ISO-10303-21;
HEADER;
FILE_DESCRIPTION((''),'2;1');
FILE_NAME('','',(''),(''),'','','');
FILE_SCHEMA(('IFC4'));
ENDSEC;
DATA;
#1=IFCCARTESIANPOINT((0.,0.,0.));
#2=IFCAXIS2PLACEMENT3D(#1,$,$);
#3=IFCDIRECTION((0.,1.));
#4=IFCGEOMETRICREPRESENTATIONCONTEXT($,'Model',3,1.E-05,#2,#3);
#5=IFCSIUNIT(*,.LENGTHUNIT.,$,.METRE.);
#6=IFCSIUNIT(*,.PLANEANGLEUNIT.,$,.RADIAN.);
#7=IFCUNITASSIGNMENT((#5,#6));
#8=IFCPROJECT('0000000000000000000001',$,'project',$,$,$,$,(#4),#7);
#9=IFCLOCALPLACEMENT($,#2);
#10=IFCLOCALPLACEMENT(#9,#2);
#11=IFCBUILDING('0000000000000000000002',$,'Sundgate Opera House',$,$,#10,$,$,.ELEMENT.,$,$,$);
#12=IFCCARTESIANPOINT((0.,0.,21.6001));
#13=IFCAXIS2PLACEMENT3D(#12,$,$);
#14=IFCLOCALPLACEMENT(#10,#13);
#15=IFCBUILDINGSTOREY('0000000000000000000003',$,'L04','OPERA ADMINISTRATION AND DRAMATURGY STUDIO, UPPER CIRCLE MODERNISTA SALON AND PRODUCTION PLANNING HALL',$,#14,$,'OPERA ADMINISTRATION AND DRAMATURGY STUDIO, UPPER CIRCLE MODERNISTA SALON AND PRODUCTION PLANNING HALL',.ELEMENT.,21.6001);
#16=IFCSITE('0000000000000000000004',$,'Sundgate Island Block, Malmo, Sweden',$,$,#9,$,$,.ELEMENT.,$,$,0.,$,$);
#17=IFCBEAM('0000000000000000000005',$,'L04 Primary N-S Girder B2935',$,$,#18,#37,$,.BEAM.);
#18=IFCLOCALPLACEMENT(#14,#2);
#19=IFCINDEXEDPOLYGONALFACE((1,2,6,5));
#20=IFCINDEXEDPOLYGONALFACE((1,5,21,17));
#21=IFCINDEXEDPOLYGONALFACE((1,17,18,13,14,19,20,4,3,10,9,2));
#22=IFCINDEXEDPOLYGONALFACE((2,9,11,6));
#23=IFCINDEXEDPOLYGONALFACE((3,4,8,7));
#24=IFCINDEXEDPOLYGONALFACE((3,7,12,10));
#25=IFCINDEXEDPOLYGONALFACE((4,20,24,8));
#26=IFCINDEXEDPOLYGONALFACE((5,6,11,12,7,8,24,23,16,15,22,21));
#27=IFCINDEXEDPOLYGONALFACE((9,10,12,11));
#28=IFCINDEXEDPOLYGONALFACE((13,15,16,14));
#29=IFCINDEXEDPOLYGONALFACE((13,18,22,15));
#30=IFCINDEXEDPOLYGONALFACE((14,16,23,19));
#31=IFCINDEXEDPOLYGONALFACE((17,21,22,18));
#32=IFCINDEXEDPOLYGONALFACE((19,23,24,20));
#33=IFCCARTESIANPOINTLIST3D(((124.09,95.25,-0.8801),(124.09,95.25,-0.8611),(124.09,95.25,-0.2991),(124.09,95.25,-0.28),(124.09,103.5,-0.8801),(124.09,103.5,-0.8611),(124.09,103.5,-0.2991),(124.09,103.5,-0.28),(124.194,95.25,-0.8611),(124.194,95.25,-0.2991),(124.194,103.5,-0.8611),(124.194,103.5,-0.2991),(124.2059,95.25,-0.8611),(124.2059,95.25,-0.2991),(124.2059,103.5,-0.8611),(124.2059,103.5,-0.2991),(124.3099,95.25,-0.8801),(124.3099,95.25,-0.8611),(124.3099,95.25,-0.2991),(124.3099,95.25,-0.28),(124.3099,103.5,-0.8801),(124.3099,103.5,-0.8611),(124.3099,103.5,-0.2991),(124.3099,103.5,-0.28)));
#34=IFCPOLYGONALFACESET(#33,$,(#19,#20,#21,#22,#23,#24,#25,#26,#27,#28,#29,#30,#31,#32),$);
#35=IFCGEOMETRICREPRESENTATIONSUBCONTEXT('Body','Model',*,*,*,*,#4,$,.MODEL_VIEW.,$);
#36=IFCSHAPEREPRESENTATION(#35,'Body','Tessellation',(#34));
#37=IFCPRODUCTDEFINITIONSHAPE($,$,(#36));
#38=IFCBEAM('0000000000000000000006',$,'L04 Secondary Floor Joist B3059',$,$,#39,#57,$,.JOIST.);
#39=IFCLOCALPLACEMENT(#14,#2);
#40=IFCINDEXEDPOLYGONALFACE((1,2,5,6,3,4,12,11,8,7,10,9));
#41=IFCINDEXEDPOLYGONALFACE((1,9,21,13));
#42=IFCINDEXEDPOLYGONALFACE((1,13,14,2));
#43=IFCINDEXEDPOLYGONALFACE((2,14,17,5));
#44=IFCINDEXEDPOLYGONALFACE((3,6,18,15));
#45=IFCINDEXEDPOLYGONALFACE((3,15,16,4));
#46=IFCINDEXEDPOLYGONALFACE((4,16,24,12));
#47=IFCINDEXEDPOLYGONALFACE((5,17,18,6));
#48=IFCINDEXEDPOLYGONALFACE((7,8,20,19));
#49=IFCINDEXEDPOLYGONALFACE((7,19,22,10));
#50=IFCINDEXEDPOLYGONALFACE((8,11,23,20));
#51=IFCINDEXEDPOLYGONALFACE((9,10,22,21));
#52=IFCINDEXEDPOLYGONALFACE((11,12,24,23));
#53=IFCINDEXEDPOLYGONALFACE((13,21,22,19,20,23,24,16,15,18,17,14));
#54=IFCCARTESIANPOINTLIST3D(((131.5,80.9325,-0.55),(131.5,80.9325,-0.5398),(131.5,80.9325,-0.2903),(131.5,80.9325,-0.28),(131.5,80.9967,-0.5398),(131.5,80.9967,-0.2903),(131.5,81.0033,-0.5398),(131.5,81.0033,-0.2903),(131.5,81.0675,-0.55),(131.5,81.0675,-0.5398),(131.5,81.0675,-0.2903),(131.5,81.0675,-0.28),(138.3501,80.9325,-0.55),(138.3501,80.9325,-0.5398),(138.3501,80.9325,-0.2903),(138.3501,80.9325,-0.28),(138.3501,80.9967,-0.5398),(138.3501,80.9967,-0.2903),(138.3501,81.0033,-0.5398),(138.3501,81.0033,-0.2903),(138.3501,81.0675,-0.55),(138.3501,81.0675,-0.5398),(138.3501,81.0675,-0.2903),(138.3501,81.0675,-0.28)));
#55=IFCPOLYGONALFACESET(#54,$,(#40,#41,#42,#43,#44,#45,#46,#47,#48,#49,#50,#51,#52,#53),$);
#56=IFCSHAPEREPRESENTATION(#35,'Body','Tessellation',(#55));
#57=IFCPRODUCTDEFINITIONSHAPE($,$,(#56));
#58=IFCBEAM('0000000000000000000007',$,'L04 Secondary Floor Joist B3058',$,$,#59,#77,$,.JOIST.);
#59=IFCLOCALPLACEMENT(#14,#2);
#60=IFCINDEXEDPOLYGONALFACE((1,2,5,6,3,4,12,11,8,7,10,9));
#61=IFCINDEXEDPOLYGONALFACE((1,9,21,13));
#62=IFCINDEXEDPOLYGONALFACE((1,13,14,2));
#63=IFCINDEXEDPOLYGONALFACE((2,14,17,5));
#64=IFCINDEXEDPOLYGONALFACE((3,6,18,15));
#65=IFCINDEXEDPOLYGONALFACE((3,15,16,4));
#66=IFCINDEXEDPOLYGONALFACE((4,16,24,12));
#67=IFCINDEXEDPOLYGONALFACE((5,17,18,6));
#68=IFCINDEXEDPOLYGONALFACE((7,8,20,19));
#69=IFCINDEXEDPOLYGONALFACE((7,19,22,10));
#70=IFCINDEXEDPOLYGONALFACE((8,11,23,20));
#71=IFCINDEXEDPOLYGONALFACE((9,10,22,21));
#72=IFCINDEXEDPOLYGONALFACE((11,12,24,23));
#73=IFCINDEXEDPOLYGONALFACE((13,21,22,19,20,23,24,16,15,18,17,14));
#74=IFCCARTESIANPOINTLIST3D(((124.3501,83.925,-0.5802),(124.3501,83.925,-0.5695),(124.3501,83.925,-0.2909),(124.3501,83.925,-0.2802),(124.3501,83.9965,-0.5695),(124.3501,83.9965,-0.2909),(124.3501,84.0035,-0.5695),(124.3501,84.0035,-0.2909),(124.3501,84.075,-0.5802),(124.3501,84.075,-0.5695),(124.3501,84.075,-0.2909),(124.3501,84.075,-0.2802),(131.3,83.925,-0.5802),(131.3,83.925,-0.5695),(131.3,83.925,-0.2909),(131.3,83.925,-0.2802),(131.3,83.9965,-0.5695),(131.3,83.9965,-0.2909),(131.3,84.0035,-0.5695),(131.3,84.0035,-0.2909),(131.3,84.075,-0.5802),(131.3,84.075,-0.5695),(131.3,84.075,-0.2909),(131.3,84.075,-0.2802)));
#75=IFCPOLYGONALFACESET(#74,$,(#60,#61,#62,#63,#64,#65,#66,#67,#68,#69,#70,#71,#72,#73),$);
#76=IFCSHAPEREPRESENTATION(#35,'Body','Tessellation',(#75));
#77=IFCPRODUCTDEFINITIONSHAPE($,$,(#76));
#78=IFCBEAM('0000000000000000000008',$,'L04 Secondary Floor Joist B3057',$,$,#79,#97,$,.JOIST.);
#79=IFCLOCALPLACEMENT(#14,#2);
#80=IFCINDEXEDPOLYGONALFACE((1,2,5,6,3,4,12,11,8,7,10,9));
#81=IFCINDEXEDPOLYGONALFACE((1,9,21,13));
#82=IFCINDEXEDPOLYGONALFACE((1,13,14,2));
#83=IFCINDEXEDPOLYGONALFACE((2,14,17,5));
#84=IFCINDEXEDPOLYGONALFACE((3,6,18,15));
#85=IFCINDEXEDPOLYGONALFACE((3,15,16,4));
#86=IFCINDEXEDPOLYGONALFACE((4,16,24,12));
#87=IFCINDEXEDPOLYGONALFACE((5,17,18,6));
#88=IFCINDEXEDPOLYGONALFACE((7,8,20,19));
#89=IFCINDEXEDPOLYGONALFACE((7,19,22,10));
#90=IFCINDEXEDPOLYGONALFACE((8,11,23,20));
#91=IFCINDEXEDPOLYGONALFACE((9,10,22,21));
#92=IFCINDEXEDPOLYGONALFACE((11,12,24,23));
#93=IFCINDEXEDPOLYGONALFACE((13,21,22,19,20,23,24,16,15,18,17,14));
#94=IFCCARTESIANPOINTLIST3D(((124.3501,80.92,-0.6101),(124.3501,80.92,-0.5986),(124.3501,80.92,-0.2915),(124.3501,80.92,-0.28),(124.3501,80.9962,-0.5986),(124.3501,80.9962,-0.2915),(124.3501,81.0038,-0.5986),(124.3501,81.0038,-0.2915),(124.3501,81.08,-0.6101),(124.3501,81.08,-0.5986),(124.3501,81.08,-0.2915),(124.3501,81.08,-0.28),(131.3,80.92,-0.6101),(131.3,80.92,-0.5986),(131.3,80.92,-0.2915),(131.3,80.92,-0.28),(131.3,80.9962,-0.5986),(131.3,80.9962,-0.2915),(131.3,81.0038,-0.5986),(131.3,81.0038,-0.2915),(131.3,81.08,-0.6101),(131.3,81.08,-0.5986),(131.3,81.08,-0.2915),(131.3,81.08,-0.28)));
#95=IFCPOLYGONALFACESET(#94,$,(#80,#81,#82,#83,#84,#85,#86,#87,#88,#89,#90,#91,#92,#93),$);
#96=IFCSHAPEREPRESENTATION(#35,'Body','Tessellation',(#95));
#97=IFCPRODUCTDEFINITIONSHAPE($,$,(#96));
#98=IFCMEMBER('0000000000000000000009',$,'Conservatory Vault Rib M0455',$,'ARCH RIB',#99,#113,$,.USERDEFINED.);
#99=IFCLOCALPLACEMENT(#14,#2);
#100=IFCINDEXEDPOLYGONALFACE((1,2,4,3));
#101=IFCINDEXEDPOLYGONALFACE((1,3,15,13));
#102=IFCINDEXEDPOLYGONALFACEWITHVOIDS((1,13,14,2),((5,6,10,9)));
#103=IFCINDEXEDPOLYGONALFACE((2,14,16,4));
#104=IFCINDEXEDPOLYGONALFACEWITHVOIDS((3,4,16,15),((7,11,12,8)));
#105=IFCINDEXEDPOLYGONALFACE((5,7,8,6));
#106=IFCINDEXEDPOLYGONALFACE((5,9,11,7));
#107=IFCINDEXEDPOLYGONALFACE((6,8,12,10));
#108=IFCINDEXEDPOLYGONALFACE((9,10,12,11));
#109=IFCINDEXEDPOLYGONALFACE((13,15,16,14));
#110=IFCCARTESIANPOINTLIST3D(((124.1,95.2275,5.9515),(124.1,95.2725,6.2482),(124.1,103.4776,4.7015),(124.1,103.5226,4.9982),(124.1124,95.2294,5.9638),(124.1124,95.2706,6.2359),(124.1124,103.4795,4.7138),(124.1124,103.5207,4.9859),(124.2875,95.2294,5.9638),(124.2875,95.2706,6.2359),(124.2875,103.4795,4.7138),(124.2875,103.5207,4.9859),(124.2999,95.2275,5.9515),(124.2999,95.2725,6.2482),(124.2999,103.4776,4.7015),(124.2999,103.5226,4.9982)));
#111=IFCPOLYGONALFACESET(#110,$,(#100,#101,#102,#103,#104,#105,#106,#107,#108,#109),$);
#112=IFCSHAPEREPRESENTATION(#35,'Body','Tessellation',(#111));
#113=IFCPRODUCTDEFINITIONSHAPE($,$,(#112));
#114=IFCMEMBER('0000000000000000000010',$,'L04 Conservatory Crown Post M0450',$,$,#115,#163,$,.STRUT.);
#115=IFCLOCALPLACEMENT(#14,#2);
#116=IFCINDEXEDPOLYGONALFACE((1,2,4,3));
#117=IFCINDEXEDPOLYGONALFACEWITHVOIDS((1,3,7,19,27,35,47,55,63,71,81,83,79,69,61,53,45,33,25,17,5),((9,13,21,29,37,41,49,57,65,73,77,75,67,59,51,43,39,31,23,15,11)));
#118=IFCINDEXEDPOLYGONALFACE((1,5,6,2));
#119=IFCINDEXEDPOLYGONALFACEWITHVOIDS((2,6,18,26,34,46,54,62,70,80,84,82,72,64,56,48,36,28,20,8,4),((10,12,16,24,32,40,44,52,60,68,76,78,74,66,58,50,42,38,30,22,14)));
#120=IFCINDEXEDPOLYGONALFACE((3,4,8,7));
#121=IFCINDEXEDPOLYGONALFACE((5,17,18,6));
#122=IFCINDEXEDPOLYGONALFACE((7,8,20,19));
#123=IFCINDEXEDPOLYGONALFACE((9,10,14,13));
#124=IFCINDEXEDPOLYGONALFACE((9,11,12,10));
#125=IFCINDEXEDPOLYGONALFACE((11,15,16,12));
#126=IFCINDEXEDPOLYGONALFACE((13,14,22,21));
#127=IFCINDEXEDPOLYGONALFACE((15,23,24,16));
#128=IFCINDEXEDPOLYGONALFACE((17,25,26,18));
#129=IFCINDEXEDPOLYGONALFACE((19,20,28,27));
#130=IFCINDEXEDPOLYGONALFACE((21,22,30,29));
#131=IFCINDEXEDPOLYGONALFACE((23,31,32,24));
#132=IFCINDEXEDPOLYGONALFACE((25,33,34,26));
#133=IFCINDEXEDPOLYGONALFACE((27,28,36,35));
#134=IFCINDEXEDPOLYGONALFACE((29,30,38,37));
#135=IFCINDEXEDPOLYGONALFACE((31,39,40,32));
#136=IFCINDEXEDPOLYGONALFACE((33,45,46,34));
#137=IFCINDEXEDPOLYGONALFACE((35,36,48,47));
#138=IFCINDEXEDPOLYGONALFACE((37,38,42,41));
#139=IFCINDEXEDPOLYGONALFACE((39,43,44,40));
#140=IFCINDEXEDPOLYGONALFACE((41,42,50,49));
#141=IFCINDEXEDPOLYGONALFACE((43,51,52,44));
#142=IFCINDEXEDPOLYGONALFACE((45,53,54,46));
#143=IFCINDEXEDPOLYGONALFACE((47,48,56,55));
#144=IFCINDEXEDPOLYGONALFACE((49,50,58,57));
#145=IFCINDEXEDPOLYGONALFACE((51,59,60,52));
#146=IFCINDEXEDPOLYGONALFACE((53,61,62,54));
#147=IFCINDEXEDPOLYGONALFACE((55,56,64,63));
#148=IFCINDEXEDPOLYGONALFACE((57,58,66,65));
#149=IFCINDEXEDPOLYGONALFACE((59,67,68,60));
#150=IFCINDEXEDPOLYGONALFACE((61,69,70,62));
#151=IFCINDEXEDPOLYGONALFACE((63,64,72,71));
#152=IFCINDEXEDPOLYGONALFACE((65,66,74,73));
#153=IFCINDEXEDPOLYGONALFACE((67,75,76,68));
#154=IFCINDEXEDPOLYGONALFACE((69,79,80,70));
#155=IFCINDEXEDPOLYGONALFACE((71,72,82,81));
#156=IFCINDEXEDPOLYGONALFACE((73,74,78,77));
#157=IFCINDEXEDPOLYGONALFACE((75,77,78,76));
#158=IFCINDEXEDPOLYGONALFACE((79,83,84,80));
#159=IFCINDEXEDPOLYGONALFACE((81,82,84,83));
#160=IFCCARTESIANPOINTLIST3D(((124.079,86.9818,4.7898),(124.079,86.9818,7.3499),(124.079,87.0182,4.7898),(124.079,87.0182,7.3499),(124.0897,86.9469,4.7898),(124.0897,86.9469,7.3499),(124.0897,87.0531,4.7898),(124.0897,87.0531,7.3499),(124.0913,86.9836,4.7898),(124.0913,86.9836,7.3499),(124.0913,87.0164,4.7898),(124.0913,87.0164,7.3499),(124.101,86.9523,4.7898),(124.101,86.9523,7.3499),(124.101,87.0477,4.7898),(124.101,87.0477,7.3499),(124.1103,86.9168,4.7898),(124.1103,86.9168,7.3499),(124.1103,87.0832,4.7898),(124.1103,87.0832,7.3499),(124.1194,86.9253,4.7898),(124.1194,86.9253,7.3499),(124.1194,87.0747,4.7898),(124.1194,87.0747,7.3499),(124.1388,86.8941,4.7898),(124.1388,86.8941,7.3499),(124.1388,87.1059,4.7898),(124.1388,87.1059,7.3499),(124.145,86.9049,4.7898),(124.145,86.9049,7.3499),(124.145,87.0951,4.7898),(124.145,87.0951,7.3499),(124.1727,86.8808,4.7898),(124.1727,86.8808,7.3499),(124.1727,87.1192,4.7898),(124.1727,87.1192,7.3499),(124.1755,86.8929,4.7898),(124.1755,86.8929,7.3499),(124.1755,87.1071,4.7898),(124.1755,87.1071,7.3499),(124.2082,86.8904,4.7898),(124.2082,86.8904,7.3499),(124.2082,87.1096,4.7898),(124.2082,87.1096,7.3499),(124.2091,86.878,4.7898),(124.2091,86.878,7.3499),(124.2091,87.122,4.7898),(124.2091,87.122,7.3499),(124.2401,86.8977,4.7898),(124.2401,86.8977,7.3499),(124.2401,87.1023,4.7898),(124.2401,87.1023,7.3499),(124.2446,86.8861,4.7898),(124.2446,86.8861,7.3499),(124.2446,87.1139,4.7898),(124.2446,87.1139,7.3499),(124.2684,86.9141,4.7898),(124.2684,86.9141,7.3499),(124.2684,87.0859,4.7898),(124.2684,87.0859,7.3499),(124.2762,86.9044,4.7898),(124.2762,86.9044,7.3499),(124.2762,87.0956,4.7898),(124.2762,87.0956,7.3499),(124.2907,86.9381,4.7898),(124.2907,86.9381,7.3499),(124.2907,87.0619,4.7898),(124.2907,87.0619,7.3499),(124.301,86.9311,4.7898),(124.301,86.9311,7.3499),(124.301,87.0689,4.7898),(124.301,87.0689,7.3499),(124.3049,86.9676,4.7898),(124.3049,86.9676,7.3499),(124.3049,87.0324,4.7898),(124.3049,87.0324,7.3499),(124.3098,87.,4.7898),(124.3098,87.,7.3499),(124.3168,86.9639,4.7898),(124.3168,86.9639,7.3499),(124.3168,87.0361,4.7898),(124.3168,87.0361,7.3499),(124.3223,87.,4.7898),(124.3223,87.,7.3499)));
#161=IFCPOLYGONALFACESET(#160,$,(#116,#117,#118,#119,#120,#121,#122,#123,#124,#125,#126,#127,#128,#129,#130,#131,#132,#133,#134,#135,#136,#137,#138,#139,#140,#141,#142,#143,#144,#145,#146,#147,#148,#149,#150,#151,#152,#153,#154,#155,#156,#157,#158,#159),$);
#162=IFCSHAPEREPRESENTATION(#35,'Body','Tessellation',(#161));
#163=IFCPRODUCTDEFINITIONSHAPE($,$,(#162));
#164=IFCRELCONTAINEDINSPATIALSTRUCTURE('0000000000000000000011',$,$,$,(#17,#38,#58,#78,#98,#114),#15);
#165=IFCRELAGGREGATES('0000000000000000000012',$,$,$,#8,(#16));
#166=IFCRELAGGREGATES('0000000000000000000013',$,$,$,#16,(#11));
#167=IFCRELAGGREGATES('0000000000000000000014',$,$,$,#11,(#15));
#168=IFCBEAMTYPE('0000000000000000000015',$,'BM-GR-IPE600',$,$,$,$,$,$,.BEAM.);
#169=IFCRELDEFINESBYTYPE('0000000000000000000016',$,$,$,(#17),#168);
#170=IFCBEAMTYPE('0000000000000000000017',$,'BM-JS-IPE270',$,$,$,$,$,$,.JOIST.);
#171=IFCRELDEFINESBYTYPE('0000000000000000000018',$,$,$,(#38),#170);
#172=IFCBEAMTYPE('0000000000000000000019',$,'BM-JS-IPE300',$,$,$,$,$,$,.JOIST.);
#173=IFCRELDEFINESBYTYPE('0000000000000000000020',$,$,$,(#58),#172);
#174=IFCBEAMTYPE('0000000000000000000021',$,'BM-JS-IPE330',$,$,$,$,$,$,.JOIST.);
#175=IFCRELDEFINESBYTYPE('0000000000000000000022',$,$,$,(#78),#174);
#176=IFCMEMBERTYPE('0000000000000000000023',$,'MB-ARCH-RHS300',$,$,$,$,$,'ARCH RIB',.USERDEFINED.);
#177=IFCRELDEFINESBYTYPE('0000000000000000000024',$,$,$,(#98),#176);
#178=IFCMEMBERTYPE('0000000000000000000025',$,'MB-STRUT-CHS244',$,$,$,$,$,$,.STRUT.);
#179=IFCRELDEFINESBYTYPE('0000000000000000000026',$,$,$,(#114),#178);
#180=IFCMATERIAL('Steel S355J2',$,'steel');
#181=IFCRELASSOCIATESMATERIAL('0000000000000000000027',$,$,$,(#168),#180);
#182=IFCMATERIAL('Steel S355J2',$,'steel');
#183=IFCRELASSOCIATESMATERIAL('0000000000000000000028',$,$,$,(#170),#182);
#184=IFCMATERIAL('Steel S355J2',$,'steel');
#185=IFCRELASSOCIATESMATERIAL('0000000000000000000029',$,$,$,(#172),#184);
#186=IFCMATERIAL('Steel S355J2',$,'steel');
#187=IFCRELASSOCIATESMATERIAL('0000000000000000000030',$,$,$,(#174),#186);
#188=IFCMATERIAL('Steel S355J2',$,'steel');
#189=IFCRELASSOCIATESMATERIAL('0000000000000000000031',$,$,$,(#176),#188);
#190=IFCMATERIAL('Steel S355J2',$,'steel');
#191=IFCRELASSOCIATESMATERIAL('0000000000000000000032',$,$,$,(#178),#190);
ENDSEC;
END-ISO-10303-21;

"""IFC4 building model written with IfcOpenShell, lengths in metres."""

from ifc_helpers import new_model, si_unit, direction, frame, origin, origin_2d, place, context, subcontext, project, spatial, hollow_rectangle, hollow_circle, i_section, extrude, material, material_profile, profile_set, type_object, element, save


model = new_model("IFC4")

# Units and contexts
model_context = context("Model", 3, precision=1e-05, world=origin(), true_north=direction((0.0, 1.0)))
body_context = subcontext(model_context, "Body", "Model", "MODEL_VIEW")
ifc_project = project(units=[si_unit("LENGTHUNIT", "METRE"), si_unit("PLANEANGLEUNIT", "RADIAN")], contexts=[model_context])

# Site, building, storey
site_placement = place(None, origin())
site = spatial("IfcSite", under=ifc_project, at=site_placement, Name="Sundgate Island Block, Malmo, Sweden", CompositionType="ELEMENT", RefElevation=0.0)
building_placement = place(site_placement, origin())
building = spatial("IfcBuilding", under=site, at=building_placement, Name="Sundgate Opera House", CompositionType="ELEMENT")
storey_placement = place(building_placement, frame((0.0, 0.0, 21.6001)))
storey = spatial("IfcBuildingStorey", under=building, at=storey_placement, Name="L04", Description="OPERA ADMINISTRATION AND DRAMATURGY STUDIO, UPPER CIRCLE MODERNISTA SALON AND PRODUCTION PLANNING HALL", LongName="OPERA ADMINISTRATION AND DRAMATURGY STUDIO, UPPER CIRCLE MODERNISTA SALON AND PRODUCTION PLANNING HALL", CompositionType="ELEMENT", Elevation=21.6001)

# Beams
ifc_material_1 = material(Name="Steel S355J2", Category="steel")
ifc_material_profile_1 = material_profile(ifc_material_1, i_section(OverallWidth=0.22, OverallDepth=0.6001, WebThickness=0.012, FlangeThickness=0.019, at=origin_2d()), Name="IPE 600")
ifc_profile_set_1 = profile_set([ifc_material_profile_1], Name="Steel S355J2")
beam_type_1 = type_object("IfcBeamType", Name="BM-GR-IPE600", PredefinedType="BEAM", material=ifc_profile_set_1)
beam_1_placement = place(storey_placement, frame((124.2, 95.25, -0.5801), z_axis=(0.0, 1.0, 0.0), x_axis=(-1.0, 0.0, 0.0)))
element("IfcBeam", 1, at=beam_1_placement, inside=storey, type_object=beam_type_1, Name="L04 Primary N-S Girder B2935", PredefinedType="BEAM", context=body_context, shape_type="SweptSolid", body=[
    extrude(i_section(OverallWidth=0.22, OverallDepth=0.6001, WebThickness=0.012, FlangeThickness=0.019, at=origin_2d()), origin(), (0.0, 0.0, 1.0), 8.25),
])
ifc_material_2 = material(Name="Steel S355J2", Category="steel")
ifc_material_profile_2 = material_profile(ifc_material_2, i_section(OverallWidth=0.135, OverallDepth=0.27, WebThickness=0.0066, FlangeThickness=0.0103, at=origin_2d()), Name="IPE 270")
ifc_profile_set_2 = profile_set([ifc_material_profile_2], Name="Steel S355J2")
beam_type_2 = type_object("IfcBeamType", Name="BM-JS-IPE270", PredefinedType="JOIST", material=ifc_profile_set_2)
beam_2_placement = place(storey_placement, frame((131.5, 81.0, -0.415), z_axis=(1.0, 0.0, 0.0), x_axis=(0.0, 1.0, 0.0)))
element("IfcBeam", 2, at=beam_2_placement, inside=storey, type_object=beam_type_2, Name="L04 Secondary Floor Joist B3059", PredefinedType="JOIST", context=body_context, shape_type="SweptSolid", body=[
    extrude(i_section(OverallWidth=0.135, OverallDepth=0.27, WebThickness=0.0066, FlangeThickness=0.0103, at=origin_2d()), origin(), (0.0, 0.0, 1.0), 6.8501),
])
ifc_material_3 = material(Name="Steel S355J2", Category="steel")
ifc_material_profile_3 = material_profile(ifc_material_3, i_section(OverallWidth=0.1499, OverallDepth=0.3, WebThickness=0.0071, FlangeThickness=0.0107, at=origin_2d()), Name="IPE 300")
ifc_profile_set_3 = profile_set([ifc_material_profile_3], Name="Steel S355J2")
beam_type_3 = type_object("IfcBeamType", Name="BM-JS-IPE300", PredefinedType="JOIST", material=ifc_profile_set_3)
beam_3_placement = place(storey_placement, frame((124.3501, 84.0, -0.4302), z_axis=(1.0, 0.0, 0.0), x_axis=(0.0, 1.0, 0.0)))
element("IfcBeam", 3, at=beam_3_placement, inside=storey, type_object=beam_type_3, Name="L04 Secondary Floor Joist B3058", PredefinedType="JOIST", context=body_context, shape_type="SweptSolid", body=[
    extrude(i_section(OverallWidth=0.1499, OverallDepth=0.3, WebThickness=0.0071, FlangeThickness=0.0107, at=origin_2d()), origin(), (0.0, 0.0, 1.0), 6.95),
])
ifc_material_4 = material(Name="Steel S355J2", Category="steel")
ifc_material_profile_4 = material_profile(ifc_material_4, i_section(OverallWidth=0.1599, OverallDepth=0.3301, WebThickness=0.0076, FlangeThickness=0.0115, at=origin_2d()), Name="IPE 330")
ifc_profile_set_4 = profile_set([ifc_material_profile_4], Name="Steel S355J2")
beam_type_4 = type_object("IfcBeamType", Name="BM-JS-IPE330", PredefinedType="JOIST", material=ifc_profile_set_4)
beam_4_placement = place(storey_placement, frame((124.3501, 81.0, -0.4451), z_axis=(1.0, 0.0, 0.0), x_axis=(0.0, 1.0, 0.0)))
element("IfcBeam", 4, at=beam_4_placement, inside=storey, type_object=beam_type_4, Name="L04 Secondary Floor Joist B3057", PredefinedType="JOIST", context=body_context, shape_type="SweptSolid", body=[
    extrude(i_section(OverallWidth=0.1599, OverallDepth=0.3301, WebThickness=0.0076, FlangeThickness=0.0115, at=origin_2d()), origin(), (0.0, 0.0, 1.0), 6.95),
])

# Members
ifc_material_5 = material(Name="Steel S355J2", Category="steel")
ifc_material_profile_5 = material_profile(ifc_material_5, hollow_rectangle(XDim=0.2, YDim=0.3, WallThickness=0.0125, at=origin_2d()), Name="RHS 300x200x12.5")
ifc_profile_set_5 = profile_set([ifc_material_profile_5], Name="Steel S355J2")
member_type_1 = type_object("IfcMemberType", Name="MB-ARCH-RHS300", ElementType="ARCH RIB", PredefinedType="USERDEFINED", material=ifc_profile_set_5)
member_1_placement = place(storey_placement, frame((124.2, 95.25, 6.0999), z_axis=(0.0, 0.988716, -0.149805), x_axis=(-1.0, 0.0, 0.0)))
element("IfcMember", 5, at=member_1_placement, inside=storey, type_object=member_type_1, Name="Conservatory Vault Rib M0455", ObjectType="ARCH RIB", PredefinedType="USERDEFINED", context=body_context, shape_type="SweptSolid", body=[
    extrude(hollow_rectangle(XDim=0.2, YDim=0.3, WallThickness=0.0125, at=origin_2d()), origin(), (0.0, 0.0, 1.0), 8.3442),
])
ifc_material_6 = material(Name="Steel S355J2", Category="steel")
ifc_material_profile_6 = material_profile(ifc_material_6, hollow_circle(Radius=0.1223, WallThickness=0.0125, at=origin_2d()), Name="CHS 244.5x12.5")
ifc_profile_set_6 = profile_set([ifc_material_profile_6], Name="Steel S355J2")
member_type_2 = type_object("IfcMemberType", Name="MB-STRUT-CHS244", PredefinedType="STRUT", material=ifc_profile_set_6)
member_2_placement = place(storey_placement, frame((124.2, 87.0, 4.7898), z_axis=(0.0, 0.0, 1.0), x_axis=(1.0, 0.0, 0.0)))
element("IfcMember", 6, at=member_2_placement, inside=storey, type_object=member_type_2, Name="L04 Conservatory Crown Post M0450", PredefinedType="STRUT", context=body_context, shape_type="SweptSolid", body=[
    extrude(hollow_circle(Radius=0.1223, WallThickness=0.0125, at=origin_2d()), origin(), (0.0, 0.0, 1.0), 2.5601),
])

save(model, "model.ifc")
